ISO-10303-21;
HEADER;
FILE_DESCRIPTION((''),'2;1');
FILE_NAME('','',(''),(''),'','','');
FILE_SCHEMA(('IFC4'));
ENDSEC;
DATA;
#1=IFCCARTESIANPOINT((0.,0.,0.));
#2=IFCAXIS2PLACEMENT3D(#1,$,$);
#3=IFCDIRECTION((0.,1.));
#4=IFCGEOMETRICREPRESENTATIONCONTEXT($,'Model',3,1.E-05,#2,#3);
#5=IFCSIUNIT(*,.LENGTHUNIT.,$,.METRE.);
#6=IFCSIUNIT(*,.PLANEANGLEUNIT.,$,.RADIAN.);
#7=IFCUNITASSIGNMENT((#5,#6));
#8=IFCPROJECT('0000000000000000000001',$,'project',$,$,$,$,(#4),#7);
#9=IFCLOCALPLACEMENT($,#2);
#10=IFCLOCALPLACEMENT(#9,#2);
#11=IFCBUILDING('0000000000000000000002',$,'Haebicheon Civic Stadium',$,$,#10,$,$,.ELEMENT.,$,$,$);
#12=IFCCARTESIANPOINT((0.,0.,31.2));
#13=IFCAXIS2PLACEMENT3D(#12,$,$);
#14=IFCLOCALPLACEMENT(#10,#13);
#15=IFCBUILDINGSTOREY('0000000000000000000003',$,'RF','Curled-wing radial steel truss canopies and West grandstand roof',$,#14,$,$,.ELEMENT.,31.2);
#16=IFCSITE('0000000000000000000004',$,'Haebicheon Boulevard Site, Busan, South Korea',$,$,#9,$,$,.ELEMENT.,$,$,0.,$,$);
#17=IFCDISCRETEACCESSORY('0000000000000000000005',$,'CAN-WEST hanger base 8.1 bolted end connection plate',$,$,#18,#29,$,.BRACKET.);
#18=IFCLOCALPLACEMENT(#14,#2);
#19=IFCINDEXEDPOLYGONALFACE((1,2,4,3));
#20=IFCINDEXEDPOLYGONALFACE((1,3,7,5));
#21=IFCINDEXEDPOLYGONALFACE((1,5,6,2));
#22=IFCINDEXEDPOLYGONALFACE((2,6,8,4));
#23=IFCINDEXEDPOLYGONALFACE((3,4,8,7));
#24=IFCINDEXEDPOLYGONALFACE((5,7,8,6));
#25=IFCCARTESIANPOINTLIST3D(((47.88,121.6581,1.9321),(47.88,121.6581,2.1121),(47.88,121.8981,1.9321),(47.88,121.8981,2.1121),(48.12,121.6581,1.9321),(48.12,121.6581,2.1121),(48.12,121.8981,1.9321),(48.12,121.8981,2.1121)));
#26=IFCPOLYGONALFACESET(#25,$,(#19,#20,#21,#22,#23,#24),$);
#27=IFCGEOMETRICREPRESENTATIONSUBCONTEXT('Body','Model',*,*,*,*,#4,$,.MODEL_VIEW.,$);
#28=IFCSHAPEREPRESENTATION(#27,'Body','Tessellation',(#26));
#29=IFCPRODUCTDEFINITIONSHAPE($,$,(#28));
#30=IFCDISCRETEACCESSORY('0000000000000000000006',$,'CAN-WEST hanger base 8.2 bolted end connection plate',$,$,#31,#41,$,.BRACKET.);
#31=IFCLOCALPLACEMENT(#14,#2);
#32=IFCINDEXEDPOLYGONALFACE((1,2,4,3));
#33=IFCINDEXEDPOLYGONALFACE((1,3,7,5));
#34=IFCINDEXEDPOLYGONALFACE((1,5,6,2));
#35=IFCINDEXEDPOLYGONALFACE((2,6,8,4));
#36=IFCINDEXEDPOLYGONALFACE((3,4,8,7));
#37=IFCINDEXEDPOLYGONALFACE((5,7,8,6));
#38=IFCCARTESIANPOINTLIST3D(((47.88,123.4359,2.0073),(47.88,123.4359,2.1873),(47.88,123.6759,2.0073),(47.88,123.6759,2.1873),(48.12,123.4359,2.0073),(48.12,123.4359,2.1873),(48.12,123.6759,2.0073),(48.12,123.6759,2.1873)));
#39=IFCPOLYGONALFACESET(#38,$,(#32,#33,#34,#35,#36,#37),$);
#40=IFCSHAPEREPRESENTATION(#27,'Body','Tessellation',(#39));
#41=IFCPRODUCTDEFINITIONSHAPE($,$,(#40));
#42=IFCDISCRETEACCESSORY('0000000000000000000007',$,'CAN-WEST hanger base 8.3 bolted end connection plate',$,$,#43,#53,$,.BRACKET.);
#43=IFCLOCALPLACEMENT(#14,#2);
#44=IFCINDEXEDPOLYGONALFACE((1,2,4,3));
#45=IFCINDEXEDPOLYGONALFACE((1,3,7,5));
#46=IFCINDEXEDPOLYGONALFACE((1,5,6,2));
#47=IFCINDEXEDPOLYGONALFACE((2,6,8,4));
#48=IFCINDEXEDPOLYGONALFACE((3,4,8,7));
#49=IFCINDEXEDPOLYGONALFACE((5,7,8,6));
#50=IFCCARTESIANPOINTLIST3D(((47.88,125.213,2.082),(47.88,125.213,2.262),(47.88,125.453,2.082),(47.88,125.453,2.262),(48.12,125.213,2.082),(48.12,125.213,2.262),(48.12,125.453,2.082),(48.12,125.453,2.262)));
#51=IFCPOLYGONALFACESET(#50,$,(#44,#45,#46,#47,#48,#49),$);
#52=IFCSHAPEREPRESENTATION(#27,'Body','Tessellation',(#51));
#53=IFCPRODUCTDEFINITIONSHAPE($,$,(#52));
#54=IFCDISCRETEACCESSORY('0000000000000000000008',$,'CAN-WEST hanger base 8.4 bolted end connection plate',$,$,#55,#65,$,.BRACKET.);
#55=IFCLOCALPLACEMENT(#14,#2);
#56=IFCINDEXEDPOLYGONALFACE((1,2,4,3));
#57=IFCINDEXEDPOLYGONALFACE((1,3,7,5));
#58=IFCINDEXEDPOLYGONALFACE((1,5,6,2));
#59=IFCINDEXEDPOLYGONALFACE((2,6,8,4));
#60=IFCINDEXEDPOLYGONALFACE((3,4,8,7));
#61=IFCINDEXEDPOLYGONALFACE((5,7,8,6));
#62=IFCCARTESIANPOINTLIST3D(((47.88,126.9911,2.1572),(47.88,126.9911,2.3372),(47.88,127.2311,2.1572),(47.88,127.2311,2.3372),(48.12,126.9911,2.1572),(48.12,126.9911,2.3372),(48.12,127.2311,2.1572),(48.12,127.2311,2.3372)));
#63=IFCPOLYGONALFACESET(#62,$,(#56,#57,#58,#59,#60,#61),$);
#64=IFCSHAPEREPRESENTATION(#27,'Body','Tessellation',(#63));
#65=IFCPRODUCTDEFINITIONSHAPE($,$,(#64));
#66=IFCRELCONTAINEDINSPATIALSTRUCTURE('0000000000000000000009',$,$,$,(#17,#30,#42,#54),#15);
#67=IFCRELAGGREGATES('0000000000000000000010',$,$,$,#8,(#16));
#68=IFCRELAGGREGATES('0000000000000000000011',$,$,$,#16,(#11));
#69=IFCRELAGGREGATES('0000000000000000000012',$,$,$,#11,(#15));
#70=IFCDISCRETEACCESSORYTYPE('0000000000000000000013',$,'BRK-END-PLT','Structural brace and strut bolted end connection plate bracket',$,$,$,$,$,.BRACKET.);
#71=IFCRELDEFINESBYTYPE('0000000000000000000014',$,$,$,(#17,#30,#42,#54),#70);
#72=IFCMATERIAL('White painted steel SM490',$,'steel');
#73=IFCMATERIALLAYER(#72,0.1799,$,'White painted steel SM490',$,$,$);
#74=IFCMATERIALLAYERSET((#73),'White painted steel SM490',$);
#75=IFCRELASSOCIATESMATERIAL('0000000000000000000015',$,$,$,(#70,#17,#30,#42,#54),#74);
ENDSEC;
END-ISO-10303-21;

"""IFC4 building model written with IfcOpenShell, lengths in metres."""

from ifc_helpers import new_model, si_unit, direction, frame, origin, origin_2d, place, context, subcontext, project, spatial, rectangle, extrude, material, layer, layer_set, type_object, element, save


model = new_model("IFC4")

# Units and contexts
model_context = context("Model", 3, precision=1e-05, world=origin(), true_north=direction((0.0, 1.0)))
body_context = subcontext(model_context, "Body", "Model", "MODEL_VIEW")
ifc_project = project(units=[si_unit("LENGTHUNIT", "METRE"), si_unit("PLANEANGLEUNIT", "RADIAN")], contexts=[model_context])

# Site, building, storey
site_placement = place(None, origin())
site = spatial("IfcSite", under=ifc_project, at=site_placement, Name="Haebicheon Boulevard Site, Busan, South Korea", CompositionType="ELEMENT", RefElevation=0.0)
building_placement = place(site_placement, origin())
building = spatial("IfcBuilding", under=site, at=building_placement, Name="Haebicheon Civic Stadium", CompositionType="ELEMENT")
storey_placement = place(building_placement, frame((0.0, 0.0, 31.2)))
storey = spatial("IfcBuildingStorey", under=building, at=storey_placement, Name="RF", Description="Curled-wing radial steel truss canopies and West grandstand roof", CompositionType="ELEMENT", Elevation=31.2)

# Discrete accessories
ifc_material_1 = material(Name="White painted steel SM490", Category="steel")
ifc_layer_1 = layer(ifc_material_1, 0.1799, Name="White painted steel SM490")
ifc_layer_set_1 = layer_set([ifc_layer_1], Name="White painted steel SM490")
discrete_accessory_type = type_object("IfcDiscreteAccessoryType", Name="BRK-END-PLT", Description="Structural brace and strut bolted end connection plate bracket", PredefinedType="BRACKET", material=ifc_layer_set_1)
for number, where, z_axis, x_axis, name in (
    (1, (48.0, 121.7781, 1.9321), (0.0, 0.0, 1.0), (1.0, 0.0, 0.0), "CAN-WEST hanger base 8.1 bolted end connection plate"),
    (2, (48.0, 123.5559, 2.0073), (0.0, 0.0, 1.0), (1.0, 0.0, 0.0), "CAN-WEST hanger base 8.2 bolted end connection plate"),
    (3, (48.0, 125.333, 2.082), (0.0, 0.0, 1.0), (1.0, 0.0, 0.0), "CAN-WEST hanger base 8.3 bolted end connection plate"),
    (4, (48.0, 127.1111, 2.1572), (0.0, 0.0, 1.0), (1.0, 0.0, 0.0), "CAN-WEST hanger base 8.4 bolted end connection plate"),
):
    element("IfcDiscreteAccessory", number, at=place(storey_placement, frame(where, z_axis=z_axis, x_axis=x_axis)), inside=storey, type_object=discrete_accessory_type, material=ifc_layer_set_1, Name=name, PredefinedType="BRACKET", context=body_context, shape_type="SweptSolid", body=[
        extrude(rectangle(XDim=0.24, YDim=0.24, at=origin_2d()), origin(), (0.0, 0.0, 1.0), 0.1799),
    ])

save(model, "model.ifc")
